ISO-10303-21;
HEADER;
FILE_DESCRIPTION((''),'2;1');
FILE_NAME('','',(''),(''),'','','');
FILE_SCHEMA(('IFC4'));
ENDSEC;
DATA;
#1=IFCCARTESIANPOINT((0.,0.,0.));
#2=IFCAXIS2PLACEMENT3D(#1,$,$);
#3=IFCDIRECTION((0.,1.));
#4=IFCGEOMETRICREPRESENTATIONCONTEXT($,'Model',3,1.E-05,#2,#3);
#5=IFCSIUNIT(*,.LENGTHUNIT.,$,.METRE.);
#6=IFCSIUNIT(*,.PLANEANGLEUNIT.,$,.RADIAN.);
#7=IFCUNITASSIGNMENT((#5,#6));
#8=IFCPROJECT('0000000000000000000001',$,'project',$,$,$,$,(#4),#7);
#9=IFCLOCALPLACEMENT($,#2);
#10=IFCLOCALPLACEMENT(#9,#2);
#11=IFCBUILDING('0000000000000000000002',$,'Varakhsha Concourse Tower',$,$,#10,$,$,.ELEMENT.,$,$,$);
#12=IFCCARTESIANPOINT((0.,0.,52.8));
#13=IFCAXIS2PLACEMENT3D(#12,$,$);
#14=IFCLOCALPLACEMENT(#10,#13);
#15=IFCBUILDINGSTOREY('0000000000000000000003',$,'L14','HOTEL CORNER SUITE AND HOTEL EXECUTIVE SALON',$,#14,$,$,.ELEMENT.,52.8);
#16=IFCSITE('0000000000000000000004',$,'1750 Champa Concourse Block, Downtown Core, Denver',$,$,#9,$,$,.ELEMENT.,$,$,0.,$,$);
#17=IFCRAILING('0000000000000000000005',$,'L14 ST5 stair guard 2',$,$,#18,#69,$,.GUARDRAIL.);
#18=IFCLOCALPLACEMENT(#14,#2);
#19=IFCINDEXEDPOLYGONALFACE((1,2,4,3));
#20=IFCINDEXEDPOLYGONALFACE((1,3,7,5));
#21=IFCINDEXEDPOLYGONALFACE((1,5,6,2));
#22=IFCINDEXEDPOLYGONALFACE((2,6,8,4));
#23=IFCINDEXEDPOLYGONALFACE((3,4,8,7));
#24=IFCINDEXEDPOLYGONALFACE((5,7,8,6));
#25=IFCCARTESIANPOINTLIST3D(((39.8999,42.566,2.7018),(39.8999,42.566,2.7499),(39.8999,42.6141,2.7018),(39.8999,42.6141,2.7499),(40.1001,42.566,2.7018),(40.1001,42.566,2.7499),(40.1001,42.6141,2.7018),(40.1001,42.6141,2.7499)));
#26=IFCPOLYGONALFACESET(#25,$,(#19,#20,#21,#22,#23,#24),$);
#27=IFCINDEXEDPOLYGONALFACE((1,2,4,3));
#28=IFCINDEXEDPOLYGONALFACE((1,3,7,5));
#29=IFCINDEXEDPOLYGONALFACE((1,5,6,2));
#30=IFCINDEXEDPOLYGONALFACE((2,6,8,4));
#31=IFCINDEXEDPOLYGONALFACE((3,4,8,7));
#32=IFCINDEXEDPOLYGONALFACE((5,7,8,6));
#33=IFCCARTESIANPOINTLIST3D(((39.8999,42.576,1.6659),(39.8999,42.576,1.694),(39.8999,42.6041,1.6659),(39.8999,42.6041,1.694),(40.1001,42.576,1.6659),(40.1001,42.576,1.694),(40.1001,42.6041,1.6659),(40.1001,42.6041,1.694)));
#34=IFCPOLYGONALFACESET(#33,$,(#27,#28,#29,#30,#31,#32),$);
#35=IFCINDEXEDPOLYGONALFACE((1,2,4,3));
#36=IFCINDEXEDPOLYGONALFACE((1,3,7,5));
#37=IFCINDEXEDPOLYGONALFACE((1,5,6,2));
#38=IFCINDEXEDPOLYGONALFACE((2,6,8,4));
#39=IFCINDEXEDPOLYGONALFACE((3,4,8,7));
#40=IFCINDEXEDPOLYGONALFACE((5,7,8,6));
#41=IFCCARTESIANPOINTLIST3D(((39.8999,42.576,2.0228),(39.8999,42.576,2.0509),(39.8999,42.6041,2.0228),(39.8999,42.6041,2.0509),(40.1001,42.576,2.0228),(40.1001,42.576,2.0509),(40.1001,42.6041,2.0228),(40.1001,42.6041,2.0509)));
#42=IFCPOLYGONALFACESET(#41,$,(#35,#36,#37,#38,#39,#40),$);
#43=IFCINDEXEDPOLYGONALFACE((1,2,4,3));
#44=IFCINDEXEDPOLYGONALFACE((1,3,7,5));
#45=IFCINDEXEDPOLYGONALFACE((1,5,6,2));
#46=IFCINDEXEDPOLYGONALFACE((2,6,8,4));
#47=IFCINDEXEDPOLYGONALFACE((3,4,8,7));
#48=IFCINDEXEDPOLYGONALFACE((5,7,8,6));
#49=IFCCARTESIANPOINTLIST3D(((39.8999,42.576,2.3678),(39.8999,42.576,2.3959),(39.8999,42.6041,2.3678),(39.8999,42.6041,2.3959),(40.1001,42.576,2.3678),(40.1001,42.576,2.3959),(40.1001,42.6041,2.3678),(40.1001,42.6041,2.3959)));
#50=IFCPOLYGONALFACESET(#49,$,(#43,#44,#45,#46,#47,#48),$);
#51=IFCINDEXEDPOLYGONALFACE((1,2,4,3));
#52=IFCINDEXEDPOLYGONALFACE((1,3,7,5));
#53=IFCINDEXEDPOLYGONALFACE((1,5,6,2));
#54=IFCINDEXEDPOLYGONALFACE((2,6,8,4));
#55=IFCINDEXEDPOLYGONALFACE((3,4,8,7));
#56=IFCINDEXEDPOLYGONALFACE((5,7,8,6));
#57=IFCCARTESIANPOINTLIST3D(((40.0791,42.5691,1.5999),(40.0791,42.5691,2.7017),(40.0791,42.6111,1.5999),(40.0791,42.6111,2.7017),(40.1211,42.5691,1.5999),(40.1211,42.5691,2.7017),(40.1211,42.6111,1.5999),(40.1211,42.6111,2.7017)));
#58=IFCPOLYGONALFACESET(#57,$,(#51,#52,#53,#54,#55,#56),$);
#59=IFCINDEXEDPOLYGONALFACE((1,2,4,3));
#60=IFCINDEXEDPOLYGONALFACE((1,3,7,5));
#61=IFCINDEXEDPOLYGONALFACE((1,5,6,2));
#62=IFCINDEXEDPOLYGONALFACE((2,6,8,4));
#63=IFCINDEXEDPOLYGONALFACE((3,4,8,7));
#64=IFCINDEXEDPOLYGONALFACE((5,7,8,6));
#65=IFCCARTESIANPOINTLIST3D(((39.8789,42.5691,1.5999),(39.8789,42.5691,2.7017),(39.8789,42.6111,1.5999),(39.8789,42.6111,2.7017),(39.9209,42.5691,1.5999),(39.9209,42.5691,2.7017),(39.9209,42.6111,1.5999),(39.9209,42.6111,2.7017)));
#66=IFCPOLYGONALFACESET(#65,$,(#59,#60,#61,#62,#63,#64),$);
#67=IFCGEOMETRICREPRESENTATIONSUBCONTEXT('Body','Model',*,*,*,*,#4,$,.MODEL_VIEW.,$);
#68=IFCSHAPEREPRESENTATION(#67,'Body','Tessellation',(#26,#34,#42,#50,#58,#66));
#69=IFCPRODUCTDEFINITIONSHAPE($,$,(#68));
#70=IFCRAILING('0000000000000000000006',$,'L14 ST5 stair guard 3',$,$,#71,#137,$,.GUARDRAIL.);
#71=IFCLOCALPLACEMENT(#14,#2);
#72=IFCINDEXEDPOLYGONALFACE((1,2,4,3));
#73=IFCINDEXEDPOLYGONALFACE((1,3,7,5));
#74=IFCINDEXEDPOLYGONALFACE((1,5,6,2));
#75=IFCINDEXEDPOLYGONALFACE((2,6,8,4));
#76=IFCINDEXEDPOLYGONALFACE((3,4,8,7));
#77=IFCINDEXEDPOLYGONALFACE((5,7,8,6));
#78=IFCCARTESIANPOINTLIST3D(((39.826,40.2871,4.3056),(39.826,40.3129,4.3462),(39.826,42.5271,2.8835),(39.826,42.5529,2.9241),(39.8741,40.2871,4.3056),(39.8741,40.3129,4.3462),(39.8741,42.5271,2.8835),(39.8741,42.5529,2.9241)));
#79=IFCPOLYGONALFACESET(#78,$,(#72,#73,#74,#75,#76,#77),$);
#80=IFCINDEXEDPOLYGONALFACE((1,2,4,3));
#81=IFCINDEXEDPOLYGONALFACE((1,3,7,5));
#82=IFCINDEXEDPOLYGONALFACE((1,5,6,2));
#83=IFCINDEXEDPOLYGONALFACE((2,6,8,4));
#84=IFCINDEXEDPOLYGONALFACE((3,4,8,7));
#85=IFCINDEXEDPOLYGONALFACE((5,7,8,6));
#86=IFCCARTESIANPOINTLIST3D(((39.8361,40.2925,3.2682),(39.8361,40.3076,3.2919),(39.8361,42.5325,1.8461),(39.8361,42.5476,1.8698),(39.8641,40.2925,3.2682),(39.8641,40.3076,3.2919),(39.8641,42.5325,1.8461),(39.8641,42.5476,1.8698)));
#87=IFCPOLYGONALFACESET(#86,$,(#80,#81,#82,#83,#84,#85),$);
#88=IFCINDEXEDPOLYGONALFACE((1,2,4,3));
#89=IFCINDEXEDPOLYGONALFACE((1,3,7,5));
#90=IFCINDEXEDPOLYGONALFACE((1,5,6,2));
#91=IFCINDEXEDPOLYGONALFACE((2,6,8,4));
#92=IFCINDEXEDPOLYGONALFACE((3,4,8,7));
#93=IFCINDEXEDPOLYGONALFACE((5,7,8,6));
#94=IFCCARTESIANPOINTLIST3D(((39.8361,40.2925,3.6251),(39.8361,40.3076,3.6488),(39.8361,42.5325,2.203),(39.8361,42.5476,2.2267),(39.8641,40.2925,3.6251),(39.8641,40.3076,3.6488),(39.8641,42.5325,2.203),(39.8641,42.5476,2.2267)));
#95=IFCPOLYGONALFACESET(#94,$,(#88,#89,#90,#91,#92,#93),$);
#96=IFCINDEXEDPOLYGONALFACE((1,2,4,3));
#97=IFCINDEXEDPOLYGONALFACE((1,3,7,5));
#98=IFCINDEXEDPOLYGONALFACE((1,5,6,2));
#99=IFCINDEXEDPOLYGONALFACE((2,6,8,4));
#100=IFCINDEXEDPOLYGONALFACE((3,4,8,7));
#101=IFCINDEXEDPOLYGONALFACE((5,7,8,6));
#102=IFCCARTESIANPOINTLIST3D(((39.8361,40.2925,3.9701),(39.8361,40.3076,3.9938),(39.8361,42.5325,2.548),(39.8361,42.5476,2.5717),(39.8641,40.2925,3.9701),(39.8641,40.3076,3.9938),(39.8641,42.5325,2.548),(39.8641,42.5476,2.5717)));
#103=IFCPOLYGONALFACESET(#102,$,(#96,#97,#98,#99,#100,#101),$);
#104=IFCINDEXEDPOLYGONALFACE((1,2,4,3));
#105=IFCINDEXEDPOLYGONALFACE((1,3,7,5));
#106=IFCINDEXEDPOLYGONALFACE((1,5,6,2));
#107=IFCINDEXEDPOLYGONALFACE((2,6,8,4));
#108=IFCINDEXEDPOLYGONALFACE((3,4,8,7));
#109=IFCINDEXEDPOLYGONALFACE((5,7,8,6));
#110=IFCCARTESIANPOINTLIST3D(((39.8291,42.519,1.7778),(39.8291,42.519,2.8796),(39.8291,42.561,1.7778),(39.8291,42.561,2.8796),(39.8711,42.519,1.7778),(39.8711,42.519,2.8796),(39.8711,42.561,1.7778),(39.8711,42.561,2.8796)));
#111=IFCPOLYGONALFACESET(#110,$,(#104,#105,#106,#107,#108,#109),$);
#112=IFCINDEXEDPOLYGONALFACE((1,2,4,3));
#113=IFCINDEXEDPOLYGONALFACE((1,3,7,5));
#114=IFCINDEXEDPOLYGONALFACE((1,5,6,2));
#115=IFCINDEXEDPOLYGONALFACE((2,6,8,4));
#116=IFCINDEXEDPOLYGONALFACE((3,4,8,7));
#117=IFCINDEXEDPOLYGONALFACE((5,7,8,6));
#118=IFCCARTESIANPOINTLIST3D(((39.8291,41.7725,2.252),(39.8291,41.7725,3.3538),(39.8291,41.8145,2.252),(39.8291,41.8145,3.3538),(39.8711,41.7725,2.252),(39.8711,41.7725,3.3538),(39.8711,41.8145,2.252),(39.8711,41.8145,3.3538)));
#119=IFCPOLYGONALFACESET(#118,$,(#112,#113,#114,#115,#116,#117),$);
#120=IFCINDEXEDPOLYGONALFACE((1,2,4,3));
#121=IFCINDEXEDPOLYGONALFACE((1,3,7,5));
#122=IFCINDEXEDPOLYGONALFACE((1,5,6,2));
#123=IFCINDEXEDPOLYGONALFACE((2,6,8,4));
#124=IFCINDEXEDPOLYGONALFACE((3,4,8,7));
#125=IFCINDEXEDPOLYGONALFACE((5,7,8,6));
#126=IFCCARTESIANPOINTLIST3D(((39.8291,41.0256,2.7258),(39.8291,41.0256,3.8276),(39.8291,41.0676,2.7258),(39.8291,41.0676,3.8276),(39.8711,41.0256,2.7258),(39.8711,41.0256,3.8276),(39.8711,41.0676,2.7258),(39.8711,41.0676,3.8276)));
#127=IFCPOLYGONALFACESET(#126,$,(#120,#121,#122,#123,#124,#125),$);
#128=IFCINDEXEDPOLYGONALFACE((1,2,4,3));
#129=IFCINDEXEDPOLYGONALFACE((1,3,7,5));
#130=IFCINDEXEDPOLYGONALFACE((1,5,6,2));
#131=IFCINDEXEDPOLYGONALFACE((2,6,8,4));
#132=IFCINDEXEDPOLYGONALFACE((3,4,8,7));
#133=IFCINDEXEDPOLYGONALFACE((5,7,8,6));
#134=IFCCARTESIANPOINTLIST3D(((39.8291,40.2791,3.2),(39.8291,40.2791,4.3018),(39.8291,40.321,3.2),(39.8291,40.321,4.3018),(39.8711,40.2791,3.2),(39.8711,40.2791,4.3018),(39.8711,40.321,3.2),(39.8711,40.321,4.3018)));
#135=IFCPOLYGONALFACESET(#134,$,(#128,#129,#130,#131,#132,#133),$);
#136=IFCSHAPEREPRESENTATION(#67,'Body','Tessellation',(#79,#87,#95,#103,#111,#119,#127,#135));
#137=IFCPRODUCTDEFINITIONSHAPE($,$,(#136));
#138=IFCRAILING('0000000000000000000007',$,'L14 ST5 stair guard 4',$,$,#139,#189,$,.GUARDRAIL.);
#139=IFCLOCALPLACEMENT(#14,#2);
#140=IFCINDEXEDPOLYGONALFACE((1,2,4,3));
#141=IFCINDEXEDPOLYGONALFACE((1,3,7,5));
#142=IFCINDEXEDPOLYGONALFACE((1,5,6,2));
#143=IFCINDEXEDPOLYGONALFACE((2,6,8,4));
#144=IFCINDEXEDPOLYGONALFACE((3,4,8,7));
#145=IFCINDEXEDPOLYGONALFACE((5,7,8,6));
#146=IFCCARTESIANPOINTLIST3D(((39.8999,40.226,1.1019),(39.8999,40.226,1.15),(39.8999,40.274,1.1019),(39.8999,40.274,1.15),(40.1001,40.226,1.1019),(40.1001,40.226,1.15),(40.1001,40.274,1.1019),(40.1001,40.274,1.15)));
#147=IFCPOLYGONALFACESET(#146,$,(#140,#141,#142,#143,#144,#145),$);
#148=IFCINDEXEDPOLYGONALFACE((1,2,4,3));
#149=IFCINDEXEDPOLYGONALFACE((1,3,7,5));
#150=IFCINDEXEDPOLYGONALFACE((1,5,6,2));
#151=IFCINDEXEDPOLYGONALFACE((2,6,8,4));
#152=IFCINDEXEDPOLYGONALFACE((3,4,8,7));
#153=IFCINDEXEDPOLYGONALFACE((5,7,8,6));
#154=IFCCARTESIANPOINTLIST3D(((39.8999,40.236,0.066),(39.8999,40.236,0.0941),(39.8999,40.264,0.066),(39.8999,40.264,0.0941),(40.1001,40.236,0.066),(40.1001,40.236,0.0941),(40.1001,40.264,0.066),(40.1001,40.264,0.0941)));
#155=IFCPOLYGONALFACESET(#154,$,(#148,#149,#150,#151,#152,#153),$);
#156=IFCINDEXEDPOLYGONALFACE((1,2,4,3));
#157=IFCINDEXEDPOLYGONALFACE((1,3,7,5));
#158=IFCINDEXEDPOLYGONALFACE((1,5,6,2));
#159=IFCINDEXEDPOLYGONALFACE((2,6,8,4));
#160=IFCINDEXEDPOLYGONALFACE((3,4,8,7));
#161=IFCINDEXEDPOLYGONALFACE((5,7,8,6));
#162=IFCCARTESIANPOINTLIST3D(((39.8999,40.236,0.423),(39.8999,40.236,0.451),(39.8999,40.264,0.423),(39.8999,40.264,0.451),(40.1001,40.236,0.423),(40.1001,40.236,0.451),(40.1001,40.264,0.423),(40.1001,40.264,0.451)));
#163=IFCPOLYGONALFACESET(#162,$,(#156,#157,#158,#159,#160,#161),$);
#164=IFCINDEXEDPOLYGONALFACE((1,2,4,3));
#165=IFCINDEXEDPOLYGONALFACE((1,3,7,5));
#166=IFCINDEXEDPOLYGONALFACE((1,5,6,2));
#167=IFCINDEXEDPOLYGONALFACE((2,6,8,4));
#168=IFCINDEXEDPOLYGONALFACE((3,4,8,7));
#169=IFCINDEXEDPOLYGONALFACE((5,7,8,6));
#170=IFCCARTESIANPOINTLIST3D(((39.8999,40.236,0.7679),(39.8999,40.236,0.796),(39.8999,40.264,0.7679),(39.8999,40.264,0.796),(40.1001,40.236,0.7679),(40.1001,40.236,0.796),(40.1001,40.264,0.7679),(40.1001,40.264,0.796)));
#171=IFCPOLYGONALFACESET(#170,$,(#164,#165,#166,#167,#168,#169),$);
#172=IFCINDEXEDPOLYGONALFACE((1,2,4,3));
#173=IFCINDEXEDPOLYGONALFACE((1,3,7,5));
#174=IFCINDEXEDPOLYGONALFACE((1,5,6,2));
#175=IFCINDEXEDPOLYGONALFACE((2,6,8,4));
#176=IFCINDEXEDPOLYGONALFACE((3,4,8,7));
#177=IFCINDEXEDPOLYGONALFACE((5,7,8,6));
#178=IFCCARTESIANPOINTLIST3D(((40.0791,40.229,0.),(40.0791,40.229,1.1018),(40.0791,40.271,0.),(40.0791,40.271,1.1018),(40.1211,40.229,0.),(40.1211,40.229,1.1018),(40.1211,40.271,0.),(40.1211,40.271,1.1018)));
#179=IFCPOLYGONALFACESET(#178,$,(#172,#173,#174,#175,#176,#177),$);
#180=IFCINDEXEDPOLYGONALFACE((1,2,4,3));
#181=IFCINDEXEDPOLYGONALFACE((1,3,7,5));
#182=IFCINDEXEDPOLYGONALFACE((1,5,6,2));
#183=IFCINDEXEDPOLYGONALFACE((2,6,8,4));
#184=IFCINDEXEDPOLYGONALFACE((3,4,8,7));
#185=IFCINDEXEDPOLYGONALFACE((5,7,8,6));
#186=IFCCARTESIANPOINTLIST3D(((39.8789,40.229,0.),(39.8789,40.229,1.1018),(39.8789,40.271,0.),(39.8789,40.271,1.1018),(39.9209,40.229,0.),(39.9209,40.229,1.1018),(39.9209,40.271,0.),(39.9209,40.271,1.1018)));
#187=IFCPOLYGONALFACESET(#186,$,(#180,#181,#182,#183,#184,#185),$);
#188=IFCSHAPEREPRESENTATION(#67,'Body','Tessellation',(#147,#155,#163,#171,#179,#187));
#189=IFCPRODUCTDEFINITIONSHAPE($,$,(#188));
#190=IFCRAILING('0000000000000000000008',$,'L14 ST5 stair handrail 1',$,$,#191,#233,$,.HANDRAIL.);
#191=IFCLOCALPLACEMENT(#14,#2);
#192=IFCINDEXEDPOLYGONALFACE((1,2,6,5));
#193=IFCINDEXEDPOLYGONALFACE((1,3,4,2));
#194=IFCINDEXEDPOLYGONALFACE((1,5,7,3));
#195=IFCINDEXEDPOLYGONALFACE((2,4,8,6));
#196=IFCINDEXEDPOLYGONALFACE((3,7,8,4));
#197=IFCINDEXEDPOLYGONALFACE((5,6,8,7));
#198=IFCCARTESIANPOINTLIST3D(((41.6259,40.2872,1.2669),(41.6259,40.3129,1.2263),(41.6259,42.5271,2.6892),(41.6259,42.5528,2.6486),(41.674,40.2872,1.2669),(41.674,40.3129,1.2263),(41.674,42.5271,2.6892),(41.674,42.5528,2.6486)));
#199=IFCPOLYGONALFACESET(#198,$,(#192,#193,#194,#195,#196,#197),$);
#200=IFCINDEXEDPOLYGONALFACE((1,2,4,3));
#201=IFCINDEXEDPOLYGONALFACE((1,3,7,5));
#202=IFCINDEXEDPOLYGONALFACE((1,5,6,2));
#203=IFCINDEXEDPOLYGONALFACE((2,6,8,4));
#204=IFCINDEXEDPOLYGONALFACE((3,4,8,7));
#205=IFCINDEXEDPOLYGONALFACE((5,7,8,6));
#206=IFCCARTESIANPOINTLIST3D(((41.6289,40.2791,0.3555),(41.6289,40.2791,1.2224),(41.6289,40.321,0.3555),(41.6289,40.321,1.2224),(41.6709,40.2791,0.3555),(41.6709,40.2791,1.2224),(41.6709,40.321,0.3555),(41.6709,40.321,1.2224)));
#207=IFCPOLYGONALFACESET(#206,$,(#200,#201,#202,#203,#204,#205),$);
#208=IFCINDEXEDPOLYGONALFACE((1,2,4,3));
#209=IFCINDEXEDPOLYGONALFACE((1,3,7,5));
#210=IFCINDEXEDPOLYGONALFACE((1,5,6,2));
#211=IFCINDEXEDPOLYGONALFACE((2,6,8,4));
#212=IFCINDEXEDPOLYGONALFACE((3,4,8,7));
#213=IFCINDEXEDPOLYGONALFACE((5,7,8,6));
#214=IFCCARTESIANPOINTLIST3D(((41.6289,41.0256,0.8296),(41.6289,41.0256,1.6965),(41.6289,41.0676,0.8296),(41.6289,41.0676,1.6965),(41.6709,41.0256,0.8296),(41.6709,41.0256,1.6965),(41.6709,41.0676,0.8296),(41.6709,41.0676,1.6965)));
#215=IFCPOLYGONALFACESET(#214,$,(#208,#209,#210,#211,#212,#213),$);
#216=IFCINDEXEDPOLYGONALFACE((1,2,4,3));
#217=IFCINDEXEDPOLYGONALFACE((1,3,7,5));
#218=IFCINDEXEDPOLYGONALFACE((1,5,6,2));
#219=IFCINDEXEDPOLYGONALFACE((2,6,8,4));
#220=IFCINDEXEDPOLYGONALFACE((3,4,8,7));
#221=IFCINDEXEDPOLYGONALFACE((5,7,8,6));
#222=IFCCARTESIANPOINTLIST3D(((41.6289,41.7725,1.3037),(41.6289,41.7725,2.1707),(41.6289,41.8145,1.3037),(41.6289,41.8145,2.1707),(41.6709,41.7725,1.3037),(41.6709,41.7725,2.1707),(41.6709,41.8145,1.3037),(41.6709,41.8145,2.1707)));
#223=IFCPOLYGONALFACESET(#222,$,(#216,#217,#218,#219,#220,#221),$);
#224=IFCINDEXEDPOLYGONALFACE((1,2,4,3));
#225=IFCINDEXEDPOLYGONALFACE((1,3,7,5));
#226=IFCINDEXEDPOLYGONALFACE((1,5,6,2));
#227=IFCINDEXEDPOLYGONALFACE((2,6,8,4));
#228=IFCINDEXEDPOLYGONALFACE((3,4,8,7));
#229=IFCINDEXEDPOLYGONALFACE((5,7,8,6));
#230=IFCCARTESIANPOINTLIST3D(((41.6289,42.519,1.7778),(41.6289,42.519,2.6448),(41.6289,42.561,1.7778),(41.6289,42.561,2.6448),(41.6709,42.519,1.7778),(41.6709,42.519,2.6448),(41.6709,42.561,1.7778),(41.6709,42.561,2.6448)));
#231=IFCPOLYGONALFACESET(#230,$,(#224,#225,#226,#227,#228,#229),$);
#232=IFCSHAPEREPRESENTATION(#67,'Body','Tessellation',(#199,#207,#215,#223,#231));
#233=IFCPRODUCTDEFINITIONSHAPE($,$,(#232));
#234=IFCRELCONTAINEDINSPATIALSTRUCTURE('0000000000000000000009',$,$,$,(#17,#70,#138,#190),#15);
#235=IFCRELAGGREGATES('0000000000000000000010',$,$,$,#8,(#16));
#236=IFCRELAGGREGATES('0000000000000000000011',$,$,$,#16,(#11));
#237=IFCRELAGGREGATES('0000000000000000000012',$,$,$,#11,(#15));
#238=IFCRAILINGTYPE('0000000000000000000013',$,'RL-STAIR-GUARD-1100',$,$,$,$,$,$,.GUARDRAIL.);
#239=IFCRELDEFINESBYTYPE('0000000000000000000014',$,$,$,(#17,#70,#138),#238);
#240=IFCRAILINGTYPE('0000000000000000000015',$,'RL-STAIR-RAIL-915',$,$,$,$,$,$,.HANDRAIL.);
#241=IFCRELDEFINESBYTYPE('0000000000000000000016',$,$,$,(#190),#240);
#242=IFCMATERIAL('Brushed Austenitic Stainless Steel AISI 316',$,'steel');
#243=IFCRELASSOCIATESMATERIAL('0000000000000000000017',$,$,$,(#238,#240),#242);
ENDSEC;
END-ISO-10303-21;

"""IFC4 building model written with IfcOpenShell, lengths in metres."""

from ifc_helpers import new_model, si_unit, direction, frame, origin, origin_2d, place, context, subcontext, project, spatial, rectangle, extrude, material, type_object, element, save


model = new_model("IFC4")

# Units and contexts
model_context = context("Model", 3, precision=1e-05, world=origin(), true_north=direction((0.0, 1.0)))
body_context = subcontext(model_context, "Body", "Model", "MODEL_VIEW")
ifc_project = project(units=[si_unit("LENGTHUNIT", "METRE"), si_unit("PLANEANGLEUNIT", "RADIAN")], contexts=[model_context])

# Site, building, storey
site_placement = place(None, origin())
site = spatial("IfcSite", under=ifc_project, at=site_placement, Name="1750 Champa Concourse Block, Downtown Core, Denver", CompositionType="ELEMENT", RefElevation=0.0)
building_placement = place(site_placement, origin())
building = spatial("IfcBuilding", under=site, at=building_placement, Name="Varakhsha Concourse Tower", CompositionType="ELEMENT")
storey_placement = place(building_placement, frame((0.0, 0.0, 52.8)))
storey = spatial("IfcBuildingStorey", under=building, at=storey_placement, Name="L14", Description="HOTEL CORNER SUITE AND HOTEL EXECUTIVE SALON", CompositionType="ELEMENT", Elevation=52.8)

# Railings
ifc_material_1 = material(Name="Brushed Austenitic Stainless Steel AISI 316", Category="steel")
railing_type_1 = type_object("IfcRailingType", Name="RL-STAIR-GUARD-1100", PredefinedType="GUARDRAIL", material=ifc_material_1)
railing_1_placement = place(storey_placement, frame((40.1001, 42.5901, 1.5999)))
element("IfcRailing", 1, at=railing_1_placement, inside=storey, type_object=railing_type_1, Name="L14 ST5 stair guard 2", PredefinedType="GUARDRAIL", context=body_context, shape_type="SweptSolid", body=[
    extrude(rectangle(XDim=0.0481, YDim=0.0481, at=origin_2d()), frame((0.0, 0.0, 1.126), z_axis=(-1.0, 0.0, 0.0), x_axis=(0.0, -1.0, 0.0)), (0.0, 0.0, 1.0), 0.2002),
    extrude(rectangle(XDim=0.0281, YDim=0.0281, at=origin_2d()), frame((0.0, 0.0, 0.0801), z_axis=(-1.0, 0.0, 0.0), x_axis=(0.0, -1.0, 0.0)), (0.0, 0.0, 1.0), 0.2002),
    extrude(rectangle(XDim=0.0281, YDim=0.0281, at=origin_2d()), frame((0.0, 0.0, 0.437), z_axis=(-1.0, 0.0, 0.0), x_axis=(0.0, -1.0, 0.0)), (0.0, 0.0, 1.0), 0.2002),
    extrude(rectangle(XDim=0.0281, YDim=0.0281, at=origin_2d()), frame((0.0, 0.0, 0.782), z_axis=(-1.0, 0.0, 0.0), x_axis=(0.0, -1.0, 0.0)), (0.0, 0.0, 1.0), 0.2002),
    extrude(rectangle(XDim=0.042, YDim=0.042, at=origin_2d()), origin(), (0.0, 0.0, 1.0), 1.1018),
    extrude(rectangle(XDim=0.042, YDim=0.042, at=origin_2d()), frame((-0.2002, 0.0, 0.0)), (0.0, 0.0, 1.0), 1.1018),
])
railing_2_placement = place(storey_placement, frame((39.8501, 42.54, 1.7778)))
element("IfcRailing", 2, at=railing_2_placement, inside=storey, type_object=railing_type_1, Name="L14 ST5 stair guard 3", PredefinedType="GUARDRAIL", context=body_context, shape_type="SweptSolid", body=[
    extrude(rectangle(XDim=0.0481, YDim=0.0481, at=origin_2d()), frame((0.0, 0.0, 1.126), z_axis=(0.0, -0.844229, 0.535982), x_axis=(1.0, 0.0, 0.0)), (0.0, 0.0, 1.0), 2.6533),
    extrude(rectangle(XDim=0.0281, YDim=0.0281, at=origin_2d()), frame((0.0, 0.0, 0.0801), z_axis=(0.0, -0.844229, 0.535982), x_axis=(1.0, 0.0, 0.0)), (0.0, 0.0, 1.0), 2.6533),
    extrude(rectangle(XDim=0.0281, YDim=0.0281, at=origin_2d()), frame((0.0, 0.0, 0.437), z_axis=(0.0, -0.844229, 0.535982), x_axis=(1.0, 0.0, 0.0)), (0.0, 0.0, 1.0), 2.6533),
    extrude(rectangle(XDim=0.0281, YDim=0.0281, at=origin_2d()), frame((0.0, 0.0, 0.782), z_axis=(0.0, -0.844229, 0.535982), x_axis=(1.0, 0.0, 0.0)), (0.0, 0.0, 1.0), 2.6533),
    extrude(rectangle(XDim=0.042, YDim=0.042, at=origin_2d()), origin(), (0.0, 0.0, 1.0), 1.1018),
    extrude(rectangle(XDim=0.042, YDim=0.042, at=origin_2d()), frame((0.0, -0.7466, 0.4741)), (0.0, 0.0, 1.0), 1.1018),
    extrude(rectangle(XDim=0.042, YDim=0.042, at=origin_2d()), frame((0.0, -1.4934, 0.948)), (0.0, 0.0, 1.0), 1.1018),
    extrude(rectangle(XDim=0.042, YDim=0.042, at=origin_2d()), frame((0.0, -2.24, 1.4221)), (0.0, 0.0, 1.0), 1.1018),
])
railing_3_placement = place(storey_placement, frame((40.1001, 40.25, 0.0)))
element("IfcRailing", 3, at=railing_3_placement, inside=storey, type_object=railing_type_1, Name="L14 ST5 stair guard 4", PredefinedType="GUARDRAIL", context=body_context, shape_type="SweptSolid", body=[
    extrude(rectangle(XDim=0.0481, YDim=0.0481, at=origin_2d()), frame((0.0, 0.0, 1.126), z_axis=(-1.0, 0.0, 0.0), x_axis=(0.0, -1.0, 0.0)), (0.0, 0.0, 1.0), 0.2002),
    extrude(rectangle(XDim=0.0281, YDim=0.0281, at=origin_2d()), frame((0.0, 0.0, 0.0801), z_axis=(-1.0, 0.0, 0.0), x_axis=(0.0, -1.0, 0.0)), (0.0, 0.0, 1.0), 0.2002),
    extrude(rectangle(XDim=0.0281, YDim=0.0281, at=origin_2d()), frame((0.0, 0.0, 0.437), z_axis=(-1.0, 0.0, 0.0), x_axis=(0.0, -1.0, 0.0)), (0.0, 0.0, 1.0), 0.2002),
    extrude(rectangle(XDim=0.0281, YDim=0.0281, at=origin_2d()), frame((0.0, 0.0, 0.782), z_axis=(-1.0, 0.0, 0.0), x_axis=(0.0, -1.0, 0.0)), (0.0, 0.0, 1.0), 0.2002),
    extrude(rectangle(XDim=0.042, YDim=0.042, at=origin_2d()), origin(), (0.0, 0.0, 1.0), 1.1018),
    extrude(rectangle(XDim=0.042, YDim=0.042, at=origin_2d()), frame((-0.2002, 0.0, 0.0)), (0.0, 0.0, 1.0), 1.1018),
])
railing_type_2 = type_object("IfcRailingType", Name="RL-STAIR-RAIL-915", PredefinedType="HANDRAIL", material=ifc_material_1)
railing_4_placement = place(storey_placement, frame((41.6499, 40.3, 0.3555)))
element("IfcRailing", 4, at=railing_4_placement, inside=storey, type_object=railing_type_2, Name="L14 ST5 stair handrail 1", PredefinedType="HANDRAIL", context=body_context, shape_type="SweptSolid", body=[
    extrude(rectangle(XDim=0.0481, YDim=0.0481, at=origin_2d()), frame((0.0, 0.0, 0.8911), z_axis=(0.0, 0.844188, 0.536048), x_axis=(-1.0, 0.0, 0.0)), (0.0, 0.0, 1.0), 2.6533),
    extrude(rectangle(XDim=0.042, YDim=0.042, at=origin_2d()), origin(), (0.0, 0.0, 1.0), 0.8669),
    extrude(rectangle(XDim=0.042, YDim=0.042, at=origin_2d()), frame((0.0, 0.7466, 0.4741)), (0.0, 0.0, 1.0), 0.8669),
    extrude(rectangle(XDim=0.042, YDim=0.042, at=origin_2d()), frame((0.0, 1.4934, 0.9482)), (0.0, 0.0, 1.0), 0.8669),
    extrude(rectangle(XDim=0.042, YDim=0.042, at=origin_2d()), frame((0.0, 2.24, 1.4224)), (0.0, 0.0, 1.0), 0.8669),
])

save(model, "model.ifc")
